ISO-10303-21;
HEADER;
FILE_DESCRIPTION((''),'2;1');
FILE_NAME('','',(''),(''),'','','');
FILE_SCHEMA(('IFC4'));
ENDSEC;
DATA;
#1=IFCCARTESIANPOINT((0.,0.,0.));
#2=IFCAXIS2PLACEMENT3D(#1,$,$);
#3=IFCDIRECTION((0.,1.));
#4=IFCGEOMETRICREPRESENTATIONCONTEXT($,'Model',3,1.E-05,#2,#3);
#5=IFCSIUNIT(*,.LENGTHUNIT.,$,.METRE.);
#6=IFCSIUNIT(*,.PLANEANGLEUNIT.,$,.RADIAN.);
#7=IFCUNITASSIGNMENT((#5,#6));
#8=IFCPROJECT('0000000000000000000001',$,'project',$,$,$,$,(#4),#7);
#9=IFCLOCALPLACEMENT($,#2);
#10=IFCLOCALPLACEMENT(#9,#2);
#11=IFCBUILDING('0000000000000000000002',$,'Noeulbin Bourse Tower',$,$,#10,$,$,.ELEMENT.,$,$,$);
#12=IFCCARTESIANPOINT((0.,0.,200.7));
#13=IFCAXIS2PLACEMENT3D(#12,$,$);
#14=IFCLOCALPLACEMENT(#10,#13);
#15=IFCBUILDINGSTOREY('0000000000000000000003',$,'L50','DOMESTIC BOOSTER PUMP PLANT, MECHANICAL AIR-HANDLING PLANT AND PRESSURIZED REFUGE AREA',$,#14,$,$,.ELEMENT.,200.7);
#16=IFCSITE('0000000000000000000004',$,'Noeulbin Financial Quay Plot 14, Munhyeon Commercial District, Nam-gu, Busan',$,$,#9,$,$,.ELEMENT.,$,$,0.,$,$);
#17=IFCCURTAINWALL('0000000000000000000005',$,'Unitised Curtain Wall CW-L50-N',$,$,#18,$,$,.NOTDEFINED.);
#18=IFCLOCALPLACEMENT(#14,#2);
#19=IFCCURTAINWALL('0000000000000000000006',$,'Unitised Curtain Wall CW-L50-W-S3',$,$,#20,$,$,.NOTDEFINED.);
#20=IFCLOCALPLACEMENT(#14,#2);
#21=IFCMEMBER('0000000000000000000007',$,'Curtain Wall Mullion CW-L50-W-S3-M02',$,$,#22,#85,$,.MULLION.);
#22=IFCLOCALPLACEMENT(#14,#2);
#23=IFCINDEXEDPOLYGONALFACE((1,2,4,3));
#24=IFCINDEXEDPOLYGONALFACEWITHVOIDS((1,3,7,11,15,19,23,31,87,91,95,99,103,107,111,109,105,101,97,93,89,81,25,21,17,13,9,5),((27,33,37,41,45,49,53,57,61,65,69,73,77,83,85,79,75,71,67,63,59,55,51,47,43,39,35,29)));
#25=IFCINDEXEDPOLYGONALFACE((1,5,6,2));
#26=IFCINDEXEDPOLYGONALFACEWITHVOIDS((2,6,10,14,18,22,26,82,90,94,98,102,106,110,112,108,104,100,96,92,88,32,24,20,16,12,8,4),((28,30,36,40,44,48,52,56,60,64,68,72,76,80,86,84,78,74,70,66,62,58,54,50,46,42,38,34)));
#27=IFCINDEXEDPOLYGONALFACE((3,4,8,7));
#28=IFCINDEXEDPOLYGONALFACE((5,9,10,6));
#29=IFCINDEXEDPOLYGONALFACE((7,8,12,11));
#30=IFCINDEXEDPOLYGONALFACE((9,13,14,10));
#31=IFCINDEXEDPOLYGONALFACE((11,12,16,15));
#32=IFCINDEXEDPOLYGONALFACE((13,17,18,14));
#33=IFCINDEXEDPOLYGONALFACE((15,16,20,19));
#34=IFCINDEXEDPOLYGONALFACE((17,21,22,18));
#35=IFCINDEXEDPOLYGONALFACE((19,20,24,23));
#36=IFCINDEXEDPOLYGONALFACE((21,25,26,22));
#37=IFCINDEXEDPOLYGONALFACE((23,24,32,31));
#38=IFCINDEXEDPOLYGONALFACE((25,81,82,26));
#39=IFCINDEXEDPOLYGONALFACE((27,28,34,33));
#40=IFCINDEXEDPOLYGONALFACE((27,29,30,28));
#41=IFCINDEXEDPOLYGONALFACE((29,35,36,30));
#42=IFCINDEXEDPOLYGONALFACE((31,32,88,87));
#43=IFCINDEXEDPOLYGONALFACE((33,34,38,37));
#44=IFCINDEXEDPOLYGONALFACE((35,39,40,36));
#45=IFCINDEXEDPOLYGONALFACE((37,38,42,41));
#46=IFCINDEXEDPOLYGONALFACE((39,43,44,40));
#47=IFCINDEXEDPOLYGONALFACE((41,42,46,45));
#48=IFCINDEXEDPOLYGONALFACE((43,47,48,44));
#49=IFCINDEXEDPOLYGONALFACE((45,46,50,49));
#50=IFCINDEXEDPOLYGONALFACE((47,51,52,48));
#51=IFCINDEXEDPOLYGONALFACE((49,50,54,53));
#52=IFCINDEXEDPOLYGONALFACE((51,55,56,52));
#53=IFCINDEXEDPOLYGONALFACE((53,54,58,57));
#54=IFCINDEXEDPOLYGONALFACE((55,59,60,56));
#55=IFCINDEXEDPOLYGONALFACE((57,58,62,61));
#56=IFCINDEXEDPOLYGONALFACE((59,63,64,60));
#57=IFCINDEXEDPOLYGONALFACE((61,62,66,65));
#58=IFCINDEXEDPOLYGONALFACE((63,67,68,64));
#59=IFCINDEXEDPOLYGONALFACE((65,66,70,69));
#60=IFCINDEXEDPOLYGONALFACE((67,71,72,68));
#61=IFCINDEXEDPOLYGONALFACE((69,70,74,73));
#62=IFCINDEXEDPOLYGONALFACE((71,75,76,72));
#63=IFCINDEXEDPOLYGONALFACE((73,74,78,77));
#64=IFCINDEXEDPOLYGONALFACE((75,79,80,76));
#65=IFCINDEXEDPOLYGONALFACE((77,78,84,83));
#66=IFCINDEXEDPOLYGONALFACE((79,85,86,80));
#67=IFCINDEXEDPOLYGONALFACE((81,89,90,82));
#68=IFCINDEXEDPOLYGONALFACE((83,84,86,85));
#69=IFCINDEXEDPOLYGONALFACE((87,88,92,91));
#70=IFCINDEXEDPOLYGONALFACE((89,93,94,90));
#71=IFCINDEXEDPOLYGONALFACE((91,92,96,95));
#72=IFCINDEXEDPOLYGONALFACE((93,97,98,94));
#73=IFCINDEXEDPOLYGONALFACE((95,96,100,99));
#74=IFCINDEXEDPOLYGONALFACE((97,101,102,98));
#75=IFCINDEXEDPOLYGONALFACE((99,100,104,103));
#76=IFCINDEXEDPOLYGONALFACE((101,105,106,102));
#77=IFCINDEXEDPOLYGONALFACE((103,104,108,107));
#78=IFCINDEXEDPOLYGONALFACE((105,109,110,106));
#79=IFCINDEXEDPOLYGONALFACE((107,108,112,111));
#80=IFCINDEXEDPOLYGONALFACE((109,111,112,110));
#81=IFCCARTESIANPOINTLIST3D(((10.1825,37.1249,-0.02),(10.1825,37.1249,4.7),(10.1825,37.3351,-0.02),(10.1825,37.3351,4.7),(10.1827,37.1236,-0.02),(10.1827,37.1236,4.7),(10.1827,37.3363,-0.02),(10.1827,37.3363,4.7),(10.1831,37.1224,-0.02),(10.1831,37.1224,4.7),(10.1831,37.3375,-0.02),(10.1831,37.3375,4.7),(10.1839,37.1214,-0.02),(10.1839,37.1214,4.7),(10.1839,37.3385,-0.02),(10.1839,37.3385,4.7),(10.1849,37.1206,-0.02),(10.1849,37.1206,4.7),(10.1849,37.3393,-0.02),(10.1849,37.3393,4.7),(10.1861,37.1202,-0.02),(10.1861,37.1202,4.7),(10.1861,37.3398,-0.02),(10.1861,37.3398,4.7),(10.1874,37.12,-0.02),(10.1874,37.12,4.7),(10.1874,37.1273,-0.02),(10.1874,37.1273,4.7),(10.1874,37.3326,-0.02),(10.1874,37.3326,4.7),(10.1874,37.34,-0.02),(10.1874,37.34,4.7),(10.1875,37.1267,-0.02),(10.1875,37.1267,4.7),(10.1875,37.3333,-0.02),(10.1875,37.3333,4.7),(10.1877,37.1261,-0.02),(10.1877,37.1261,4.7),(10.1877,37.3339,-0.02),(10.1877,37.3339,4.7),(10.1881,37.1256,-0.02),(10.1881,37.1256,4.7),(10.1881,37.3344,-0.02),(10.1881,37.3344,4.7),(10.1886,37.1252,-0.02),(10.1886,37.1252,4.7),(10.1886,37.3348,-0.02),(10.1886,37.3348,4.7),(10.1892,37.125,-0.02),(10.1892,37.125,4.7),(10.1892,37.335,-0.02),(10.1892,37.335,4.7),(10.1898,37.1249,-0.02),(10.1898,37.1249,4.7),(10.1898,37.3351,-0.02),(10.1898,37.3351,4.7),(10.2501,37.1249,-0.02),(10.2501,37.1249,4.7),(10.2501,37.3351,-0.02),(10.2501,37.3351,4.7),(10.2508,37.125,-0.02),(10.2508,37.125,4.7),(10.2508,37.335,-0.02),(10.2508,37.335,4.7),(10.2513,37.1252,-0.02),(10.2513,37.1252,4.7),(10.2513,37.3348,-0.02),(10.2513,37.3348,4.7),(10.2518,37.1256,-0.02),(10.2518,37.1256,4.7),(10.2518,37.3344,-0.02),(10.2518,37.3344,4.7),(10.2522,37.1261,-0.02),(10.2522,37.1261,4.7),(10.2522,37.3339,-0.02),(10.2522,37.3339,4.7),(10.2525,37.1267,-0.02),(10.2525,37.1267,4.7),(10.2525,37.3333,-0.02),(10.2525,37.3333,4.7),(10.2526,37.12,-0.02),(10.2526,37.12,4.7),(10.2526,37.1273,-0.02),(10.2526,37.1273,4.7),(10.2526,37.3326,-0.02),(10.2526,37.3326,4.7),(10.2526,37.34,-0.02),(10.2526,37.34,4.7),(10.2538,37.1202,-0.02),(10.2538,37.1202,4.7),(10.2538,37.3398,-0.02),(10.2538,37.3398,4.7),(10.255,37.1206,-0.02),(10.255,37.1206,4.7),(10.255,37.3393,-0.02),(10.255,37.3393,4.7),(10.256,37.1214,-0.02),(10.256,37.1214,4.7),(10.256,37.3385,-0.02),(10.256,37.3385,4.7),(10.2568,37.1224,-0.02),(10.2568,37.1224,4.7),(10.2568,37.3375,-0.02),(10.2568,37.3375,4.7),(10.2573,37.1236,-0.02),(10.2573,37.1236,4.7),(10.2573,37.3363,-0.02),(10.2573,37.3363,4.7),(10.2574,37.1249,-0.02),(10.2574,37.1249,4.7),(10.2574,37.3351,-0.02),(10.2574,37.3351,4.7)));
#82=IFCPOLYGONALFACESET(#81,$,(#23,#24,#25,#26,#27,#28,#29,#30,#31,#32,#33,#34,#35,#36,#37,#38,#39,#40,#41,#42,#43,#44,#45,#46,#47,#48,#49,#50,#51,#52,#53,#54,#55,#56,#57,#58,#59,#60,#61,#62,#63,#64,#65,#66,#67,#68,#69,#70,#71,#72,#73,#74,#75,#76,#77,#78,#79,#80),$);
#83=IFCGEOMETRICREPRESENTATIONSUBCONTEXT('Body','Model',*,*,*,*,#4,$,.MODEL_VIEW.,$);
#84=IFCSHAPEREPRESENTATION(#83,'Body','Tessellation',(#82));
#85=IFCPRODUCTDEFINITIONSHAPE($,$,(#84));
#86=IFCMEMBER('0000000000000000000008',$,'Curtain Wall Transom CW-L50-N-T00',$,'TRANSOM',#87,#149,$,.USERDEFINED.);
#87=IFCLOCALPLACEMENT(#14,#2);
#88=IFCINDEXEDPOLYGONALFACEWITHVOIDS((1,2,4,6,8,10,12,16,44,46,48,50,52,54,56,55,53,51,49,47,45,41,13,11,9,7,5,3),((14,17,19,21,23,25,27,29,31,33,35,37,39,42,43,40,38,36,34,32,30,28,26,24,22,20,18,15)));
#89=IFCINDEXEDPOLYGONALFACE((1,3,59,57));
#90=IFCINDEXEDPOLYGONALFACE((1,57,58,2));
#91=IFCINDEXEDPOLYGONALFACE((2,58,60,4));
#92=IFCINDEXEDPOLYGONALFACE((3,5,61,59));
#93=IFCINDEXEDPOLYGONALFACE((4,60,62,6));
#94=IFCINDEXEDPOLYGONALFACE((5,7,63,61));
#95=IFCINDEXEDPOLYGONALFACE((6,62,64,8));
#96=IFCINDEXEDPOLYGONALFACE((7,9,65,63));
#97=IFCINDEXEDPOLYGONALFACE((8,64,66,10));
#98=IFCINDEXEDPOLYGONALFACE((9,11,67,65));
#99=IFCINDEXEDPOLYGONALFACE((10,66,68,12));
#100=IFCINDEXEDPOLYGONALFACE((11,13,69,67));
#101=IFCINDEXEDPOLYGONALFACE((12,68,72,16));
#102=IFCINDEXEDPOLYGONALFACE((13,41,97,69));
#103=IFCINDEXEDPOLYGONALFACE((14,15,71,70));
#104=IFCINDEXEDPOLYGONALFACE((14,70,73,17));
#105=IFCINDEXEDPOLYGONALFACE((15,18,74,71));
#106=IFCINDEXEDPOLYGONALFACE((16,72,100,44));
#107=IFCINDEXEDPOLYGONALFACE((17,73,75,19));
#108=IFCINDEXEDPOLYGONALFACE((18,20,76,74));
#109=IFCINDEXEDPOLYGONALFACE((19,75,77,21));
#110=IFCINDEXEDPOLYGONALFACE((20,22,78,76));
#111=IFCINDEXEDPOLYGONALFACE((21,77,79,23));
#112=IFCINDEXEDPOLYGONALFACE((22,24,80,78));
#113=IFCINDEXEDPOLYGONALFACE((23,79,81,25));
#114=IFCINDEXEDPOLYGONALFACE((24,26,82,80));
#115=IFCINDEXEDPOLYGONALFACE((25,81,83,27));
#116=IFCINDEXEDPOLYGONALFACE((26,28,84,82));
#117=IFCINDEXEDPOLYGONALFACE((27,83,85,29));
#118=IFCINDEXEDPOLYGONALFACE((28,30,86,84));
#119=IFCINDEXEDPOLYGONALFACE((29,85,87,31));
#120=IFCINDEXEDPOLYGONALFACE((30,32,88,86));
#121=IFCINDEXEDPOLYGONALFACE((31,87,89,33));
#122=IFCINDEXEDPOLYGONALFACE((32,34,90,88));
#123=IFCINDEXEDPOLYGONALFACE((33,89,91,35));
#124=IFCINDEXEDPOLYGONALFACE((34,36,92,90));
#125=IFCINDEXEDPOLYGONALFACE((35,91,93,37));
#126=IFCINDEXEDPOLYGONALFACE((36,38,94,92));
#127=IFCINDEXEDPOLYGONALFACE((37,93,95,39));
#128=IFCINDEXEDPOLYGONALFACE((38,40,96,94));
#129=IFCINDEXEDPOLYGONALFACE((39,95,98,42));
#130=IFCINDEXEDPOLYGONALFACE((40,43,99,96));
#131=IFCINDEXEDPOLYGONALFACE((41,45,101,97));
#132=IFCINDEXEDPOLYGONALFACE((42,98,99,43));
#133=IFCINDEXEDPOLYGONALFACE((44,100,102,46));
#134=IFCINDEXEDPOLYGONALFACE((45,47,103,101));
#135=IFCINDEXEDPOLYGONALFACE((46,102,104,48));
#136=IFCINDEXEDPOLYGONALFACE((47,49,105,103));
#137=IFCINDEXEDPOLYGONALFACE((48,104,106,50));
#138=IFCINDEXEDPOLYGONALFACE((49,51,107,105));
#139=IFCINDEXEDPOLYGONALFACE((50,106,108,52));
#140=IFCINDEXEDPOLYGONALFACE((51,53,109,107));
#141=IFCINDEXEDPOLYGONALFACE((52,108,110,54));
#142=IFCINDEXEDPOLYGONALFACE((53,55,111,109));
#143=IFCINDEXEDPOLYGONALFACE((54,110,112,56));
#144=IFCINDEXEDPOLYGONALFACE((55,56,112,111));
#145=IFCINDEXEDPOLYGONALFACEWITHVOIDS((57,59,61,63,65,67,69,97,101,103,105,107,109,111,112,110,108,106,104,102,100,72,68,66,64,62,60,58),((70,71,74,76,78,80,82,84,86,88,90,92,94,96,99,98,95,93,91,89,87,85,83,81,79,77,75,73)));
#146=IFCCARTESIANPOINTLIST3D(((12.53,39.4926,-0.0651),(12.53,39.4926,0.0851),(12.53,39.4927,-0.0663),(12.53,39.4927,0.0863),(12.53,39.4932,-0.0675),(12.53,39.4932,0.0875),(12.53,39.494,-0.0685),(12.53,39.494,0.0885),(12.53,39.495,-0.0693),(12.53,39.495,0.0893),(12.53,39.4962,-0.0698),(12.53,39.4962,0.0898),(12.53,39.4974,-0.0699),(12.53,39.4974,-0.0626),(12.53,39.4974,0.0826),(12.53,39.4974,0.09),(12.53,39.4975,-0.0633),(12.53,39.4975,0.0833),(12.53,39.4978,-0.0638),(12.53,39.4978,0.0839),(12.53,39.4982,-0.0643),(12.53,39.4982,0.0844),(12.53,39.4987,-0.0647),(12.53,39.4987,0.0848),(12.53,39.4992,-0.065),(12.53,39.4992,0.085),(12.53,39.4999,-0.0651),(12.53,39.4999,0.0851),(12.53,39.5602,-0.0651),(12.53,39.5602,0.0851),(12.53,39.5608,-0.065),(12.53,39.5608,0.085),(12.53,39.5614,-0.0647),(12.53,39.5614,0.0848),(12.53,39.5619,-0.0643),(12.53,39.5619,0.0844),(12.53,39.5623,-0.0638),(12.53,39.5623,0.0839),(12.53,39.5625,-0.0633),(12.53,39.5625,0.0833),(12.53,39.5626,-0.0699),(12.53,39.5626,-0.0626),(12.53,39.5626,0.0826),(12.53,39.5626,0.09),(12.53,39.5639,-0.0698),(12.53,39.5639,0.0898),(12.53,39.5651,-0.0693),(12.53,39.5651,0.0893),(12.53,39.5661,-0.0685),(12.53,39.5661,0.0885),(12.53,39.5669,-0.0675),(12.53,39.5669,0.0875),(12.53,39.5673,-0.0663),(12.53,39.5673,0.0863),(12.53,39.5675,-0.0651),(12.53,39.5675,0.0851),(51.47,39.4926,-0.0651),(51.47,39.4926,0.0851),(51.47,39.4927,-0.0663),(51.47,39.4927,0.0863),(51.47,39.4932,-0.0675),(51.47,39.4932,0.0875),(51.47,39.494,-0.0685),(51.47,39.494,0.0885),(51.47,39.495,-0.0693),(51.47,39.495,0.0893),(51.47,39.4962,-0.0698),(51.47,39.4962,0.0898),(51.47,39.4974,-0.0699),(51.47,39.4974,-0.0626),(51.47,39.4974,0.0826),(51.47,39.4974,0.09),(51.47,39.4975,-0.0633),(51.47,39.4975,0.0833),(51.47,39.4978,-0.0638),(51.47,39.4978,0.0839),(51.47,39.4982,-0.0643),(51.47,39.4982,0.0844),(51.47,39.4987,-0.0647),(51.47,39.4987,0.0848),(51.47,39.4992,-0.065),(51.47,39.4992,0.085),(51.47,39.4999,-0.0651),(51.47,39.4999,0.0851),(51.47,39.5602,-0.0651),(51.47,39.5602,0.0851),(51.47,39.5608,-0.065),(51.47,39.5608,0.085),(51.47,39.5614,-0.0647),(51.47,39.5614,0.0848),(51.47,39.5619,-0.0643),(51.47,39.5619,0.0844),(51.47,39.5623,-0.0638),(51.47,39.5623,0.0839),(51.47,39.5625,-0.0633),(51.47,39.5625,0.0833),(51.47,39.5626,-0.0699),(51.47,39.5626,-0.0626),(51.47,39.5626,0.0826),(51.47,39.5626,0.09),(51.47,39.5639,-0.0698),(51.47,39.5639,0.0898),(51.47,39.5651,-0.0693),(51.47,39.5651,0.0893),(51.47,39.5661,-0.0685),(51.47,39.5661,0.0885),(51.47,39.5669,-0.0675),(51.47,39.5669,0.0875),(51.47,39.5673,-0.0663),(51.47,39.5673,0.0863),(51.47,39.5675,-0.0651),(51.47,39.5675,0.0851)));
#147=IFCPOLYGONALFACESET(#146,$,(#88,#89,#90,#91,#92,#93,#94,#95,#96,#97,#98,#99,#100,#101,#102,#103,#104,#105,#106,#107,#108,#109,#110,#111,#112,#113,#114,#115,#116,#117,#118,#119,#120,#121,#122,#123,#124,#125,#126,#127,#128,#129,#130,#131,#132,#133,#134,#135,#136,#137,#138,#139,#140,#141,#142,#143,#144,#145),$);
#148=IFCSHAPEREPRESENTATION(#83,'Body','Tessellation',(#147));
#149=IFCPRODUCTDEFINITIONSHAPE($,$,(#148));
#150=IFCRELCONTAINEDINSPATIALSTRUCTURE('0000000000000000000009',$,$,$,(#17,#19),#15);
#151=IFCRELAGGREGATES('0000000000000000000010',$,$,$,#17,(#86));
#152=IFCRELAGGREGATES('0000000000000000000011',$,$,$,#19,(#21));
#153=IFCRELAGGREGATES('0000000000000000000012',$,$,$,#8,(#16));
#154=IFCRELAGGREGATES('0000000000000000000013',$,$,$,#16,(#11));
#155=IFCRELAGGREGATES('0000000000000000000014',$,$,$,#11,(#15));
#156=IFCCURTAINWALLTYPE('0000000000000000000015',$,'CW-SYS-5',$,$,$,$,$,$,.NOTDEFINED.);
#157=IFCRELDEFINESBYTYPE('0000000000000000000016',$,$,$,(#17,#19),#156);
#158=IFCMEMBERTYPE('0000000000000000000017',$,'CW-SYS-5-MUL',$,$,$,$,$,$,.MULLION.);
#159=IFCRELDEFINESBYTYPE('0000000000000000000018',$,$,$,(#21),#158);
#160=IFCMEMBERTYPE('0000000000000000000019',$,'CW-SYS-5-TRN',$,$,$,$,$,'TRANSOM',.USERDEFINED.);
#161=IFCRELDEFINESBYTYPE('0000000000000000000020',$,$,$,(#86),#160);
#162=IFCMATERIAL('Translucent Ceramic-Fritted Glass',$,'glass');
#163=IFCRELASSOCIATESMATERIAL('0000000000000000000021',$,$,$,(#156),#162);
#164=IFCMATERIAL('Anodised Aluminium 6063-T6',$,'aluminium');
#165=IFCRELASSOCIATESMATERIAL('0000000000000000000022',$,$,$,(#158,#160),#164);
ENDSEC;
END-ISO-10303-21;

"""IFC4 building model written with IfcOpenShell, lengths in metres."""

from ifc_helpers import new_model, si_unit, direction, frame, origin, origin_2d, place, context, subcontext, project, spatial, hollow_rectangle, extrude, material, material_profile, profile_set, type_object, element, aggregate, save


model = new_model("IFC4")

# Units and contexts
model_context = context("Model", 3, precision=1e-05, world=origin(), true_north=direction((0.0, 1.0)))
body_context = subcontext(model_context, "Body", "Model", "MODEL_VIEW")
ifc_project = project(units=[si_unit("LENGTHUNIT", "METRE"), si_unit("PLANEANGLEUNIT", "RADIAN")], contexts=[model_context])

# Site, building, storey
site_placement = place(None, origin())
site = spatial("IfcSite", under=ifc_project, at=site_placement, Name="Noeulbin Financial Quay Plot 14, Munhyeon Commercial District, Nam-gu, Busan", CompositionType="ELEMENT", RefElevation=0.0)
building_placement = place(site_placement, origin())
building = spatial("IfcBuilding", under=site, at=building_placement, Name="Noeulbin Bourse Tower", CompositionType="ELEMENT")
storey_placement = place(building_placement, frame((0.0, 0.0, 200.7)))
storey = spatial("IfcBuildingStorey", under=building, at=storey_placement, Name="L50", Description="DOMESTIC BOOSTER PUMP PLANT, MECHANICAL AIR-HANDLING PLANT AND PRESSURIZED REFUGE AREA", CompositionType="ELEMENT", Elevation=200.7)

# Curtain wall
ifc_material_1 = material(Name="Translucent Ceramic-Fritted Glass", Category="glass")
curtain_wall_type = type_object("IfcCurtainWallType", Name="CW-SYS-5", PredefinedType="NOTDEFINED", material=ifc_material_1)
curtain_wall_1_placement = place(storey_placement, origin())
curtain_wall_1 = element("IfcCurtainWall", 1, at=curtain_wall_1_placement, inside=storey, type_object=curtain_wall_type, Name="Unitised Curtain Wall CW-L50-N", PredefinedType="NOTDEFINED")
ifc_material_2 = material(Name="Anodised Aluminium 6063-T6", Category="aluminium")
ifc_material_profile_1 = material_profile(ifc_material_2, hollow_rectangle(XDim=0.075, YDim=0.22, WallThickness=0.0049, InnerFilletRadius=0.0024, OuterFilletRadius=0.0049, at=origin_2d()), Name="ALU-MULL-75x220x5", Category="LoadBearing")
ifc_profile_set_1 = profile_set([ifc_material_profile_1], Name="Anodised Aluminium 6063-T6")
member_type_1 = type_object("IfcMemberType", Name="CW-SYS-5-MUL", PredefinedType="MULLION", material=ifc_profile_set_1)

# Curtain wall, member
curtain_wall_2_placement = place(storey_placement, origin())
curtain_wall_2 = element("IfcCurtainWall", 2, at=curtain_wall_2_placement, inside=storey, type_object=curtain_wall_type, Name="Unitised Curtain Wall CW-L50-W-S3", PredefinedType="NOTDEFINED")
member_1_placement = place(storey_placement, frame((10.22, 37.23, -0.02), z_axis=(0.0, 0.0, 1.0), x_axis=(1.0, 0.0, 0.0)))
member_1 = element("IfcMember", 3, at=member_1_placement, type_object=member_type_1, Name="Curtain Wall Mullion CW-L50-W-S3-M02", PredefinedType="MULLION", context=body_context, shape_type="SweptSolid", body=[
    extrude(hollow_rectangle(XDim=0.075, YDim=0.22, WallThickness=0.0049, InnerFilletRadius=0.0024, OuterFilletRadius=0.0049, at=origin_2d()), origin(), (0.0, 0.0, 1.0), 4.72),
])

# Member
ifc_material_profile_2 = material_profile(ifc_material_2, hollow_rectangle(XDim=0.075, YDim=0.1599, WallThickness=0.0049, InnerFilletRadius=0.0024, OuterFilletRadius=0.0049, at=origin_2d()), Name="ALU-TRAN-75x160x5", Category="LoadBearing")
ifc_profile_set_2 = profile_set([ifc_material_profile_2], Name="Anodised Aluminium 6063-T6")
member_type_2 = type_object("IfcMemberType", Name="CW-SYS-5-TRN", ElementType="TRANSOM", PredefinedType="USERDEFINED", material=ifc_profile_set_2)
member_2_placement = place(storey_placement, frame((12.53, 39.53, 0.01), z_axis=(1.0, 0.0, 0.0), x_axis=(0.0, 1.0, 0.0)))
member_2 = element("IfcMember", 4, at=member_2_placement, type_object=member_type_2, Name="Curtain Wall Transom CW-L50-N-T00", ObjectType="TRANSOM", PredefinedType="USERDEFINED", context=body_context, shape_type="SweptSolid", body=[
    extrude(hollow_rectangle(XDim=0.075, YDim=0.1599, WallThickness=0.0049, InnerFilletRadius=0.0024, OuterFilletRadius=0.0049, at=origin_2d()), origin(), (0.0, 0.0, 1.0), 38.9399),
])
aggregate(curtain_wall_1, [member_2])

aggregate(curtain_wall_2, [member_1])

save(model, "model.ifc")
